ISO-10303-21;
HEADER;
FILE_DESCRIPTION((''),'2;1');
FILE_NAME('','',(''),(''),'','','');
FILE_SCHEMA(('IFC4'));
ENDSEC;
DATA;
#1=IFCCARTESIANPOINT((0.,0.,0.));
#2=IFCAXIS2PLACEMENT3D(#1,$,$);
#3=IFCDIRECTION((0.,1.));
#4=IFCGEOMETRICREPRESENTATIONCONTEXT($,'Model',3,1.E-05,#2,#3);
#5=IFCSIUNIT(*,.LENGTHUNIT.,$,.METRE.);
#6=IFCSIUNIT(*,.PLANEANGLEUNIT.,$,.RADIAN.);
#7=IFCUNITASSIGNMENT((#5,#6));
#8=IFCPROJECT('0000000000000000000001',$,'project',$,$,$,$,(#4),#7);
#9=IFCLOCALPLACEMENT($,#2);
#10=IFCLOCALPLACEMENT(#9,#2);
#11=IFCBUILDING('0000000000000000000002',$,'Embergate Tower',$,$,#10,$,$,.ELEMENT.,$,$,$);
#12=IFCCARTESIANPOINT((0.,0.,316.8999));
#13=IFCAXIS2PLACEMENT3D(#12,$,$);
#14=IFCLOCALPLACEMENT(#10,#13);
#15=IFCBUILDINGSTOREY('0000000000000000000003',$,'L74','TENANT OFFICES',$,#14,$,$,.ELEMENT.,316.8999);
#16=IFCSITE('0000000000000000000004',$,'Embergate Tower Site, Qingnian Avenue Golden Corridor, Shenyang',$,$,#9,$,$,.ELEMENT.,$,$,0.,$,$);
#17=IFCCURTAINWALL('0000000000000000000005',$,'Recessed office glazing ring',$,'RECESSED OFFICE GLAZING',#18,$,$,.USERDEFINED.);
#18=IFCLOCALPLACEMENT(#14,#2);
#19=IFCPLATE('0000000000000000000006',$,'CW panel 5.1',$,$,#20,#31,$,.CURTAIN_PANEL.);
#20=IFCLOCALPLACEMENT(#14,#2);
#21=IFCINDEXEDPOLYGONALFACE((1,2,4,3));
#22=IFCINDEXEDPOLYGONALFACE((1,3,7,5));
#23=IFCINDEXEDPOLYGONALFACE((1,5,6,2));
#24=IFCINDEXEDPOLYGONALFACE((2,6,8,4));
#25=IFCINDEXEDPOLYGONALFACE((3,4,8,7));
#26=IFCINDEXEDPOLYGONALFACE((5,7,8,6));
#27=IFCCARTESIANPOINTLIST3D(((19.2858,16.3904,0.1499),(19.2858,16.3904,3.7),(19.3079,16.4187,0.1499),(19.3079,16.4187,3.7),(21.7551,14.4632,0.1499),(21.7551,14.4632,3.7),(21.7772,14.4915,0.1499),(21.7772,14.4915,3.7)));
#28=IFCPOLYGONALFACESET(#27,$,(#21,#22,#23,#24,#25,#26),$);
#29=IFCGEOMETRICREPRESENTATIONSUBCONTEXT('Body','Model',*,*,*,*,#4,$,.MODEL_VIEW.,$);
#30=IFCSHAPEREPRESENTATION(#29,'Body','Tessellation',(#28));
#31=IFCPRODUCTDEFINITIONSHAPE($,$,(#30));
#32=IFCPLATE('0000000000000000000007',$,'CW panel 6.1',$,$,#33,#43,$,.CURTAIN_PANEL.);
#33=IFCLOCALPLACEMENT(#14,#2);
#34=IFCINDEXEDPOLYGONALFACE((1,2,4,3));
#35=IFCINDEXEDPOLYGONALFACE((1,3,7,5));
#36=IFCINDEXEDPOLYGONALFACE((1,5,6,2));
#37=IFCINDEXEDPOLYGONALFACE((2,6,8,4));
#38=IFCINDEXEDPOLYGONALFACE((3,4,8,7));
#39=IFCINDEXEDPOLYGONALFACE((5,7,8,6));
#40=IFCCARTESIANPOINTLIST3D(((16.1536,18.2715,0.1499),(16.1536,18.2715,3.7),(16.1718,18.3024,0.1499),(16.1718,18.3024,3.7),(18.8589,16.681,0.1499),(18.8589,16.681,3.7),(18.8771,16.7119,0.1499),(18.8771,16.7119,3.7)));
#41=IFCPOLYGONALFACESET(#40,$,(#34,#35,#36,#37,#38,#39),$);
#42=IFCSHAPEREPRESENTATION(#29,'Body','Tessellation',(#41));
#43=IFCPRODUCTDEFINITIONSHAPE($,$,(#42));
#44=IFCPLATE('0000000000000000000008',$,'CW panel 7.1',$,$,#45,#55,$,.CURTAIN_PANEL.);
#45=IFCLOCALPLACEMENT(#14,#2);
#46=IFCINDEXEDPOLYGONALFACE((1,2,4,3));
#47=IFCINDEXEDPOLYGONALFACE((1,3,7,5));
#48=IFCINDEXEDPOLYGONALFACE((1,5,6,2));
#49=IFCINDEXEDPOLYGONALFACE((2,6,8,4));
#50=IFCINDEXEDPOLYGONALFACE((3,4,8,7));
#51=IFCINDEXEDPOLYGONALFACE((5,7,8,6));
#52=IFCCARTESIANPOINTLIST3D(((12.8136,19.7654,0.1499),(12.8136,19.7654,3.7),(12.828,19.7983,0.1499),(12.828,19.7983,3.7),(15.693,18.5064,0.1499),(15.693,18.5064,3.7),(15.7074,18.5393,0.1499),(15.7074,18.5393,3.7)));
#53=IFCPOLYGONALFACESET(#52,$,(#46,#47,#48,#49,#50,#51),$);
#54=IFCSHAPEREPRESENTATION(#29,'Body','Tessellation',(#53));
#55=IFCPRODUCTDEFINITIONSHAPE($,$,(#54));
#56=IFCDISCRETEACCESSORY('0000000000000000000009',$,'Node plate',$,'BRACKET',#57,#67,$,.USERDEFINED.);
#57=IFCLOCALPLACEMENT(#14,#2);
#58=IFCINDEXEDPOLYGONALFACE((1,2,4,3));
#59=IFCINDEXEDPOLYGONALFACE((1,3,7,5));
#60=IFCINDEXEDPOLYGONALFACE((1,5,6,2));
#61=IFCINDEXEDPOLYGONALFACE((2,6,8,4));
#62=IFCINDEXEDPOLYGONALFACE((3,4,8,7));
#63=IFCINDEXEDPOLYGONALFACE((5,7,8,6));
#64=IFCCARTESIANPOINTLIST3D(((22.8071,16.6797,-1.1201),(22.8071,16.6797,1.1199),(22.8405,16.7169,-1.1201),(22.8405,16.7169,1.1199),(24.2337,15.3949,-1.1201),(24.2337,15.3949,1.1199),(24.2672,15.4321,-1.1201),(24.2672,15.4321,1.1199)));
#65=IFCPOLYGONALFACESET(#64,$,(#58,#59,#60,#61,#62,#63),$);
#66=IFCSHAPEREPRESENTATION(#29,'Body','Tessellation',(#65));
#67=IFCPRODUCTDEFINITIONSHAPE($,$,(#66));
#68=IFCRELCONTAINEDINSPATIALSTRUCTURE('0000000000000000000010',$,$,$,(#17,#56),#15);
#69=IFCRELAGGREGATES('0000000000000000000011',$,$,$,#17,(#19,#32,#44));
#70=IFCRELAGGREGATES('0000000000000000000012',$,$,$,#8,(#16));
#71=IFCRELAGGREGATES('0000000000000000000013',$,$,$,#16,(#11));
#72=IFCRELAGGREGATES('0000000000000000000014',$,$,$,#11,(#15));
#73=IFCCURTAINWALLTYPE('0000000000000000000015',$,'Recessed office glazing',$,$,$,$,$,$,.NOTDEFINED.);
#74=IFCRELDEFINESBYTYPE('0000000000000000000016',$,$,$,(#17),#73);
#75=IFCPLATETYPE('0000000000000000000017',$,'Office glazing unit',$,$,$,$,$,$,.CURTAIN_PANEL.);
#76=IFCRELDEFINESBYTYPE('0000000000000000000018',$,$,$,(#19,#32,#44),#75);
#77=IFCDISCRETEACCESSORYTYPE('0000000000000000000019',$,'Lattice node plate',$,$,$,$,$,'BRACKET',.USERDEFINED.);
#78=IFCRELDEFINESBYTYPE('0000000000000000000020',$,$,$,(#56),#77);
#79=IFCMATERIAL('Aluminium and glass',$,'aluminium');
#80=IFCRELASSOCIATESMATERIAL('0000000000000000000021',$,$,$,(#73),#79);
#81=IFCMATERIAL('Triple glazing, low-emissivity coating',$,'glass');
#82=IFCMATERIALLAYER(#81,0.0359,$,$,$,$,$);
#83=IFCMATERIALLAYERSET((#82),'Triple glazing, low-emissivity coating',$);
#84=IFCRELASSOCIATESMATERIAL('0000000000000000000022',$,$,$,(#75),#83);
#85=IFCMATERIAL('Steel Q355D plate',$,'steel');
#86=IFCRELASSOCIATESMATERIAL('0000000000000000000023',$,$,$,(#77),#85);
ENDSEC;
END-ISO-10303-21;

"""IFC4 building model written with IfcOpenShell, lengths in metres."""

from ifc_helpers import new_model, si_unit, direction, frame, origin, origin_2d, place, context, subcontext, project, spatial, rectangle, extrude, source, transform, mapped, material, layer, layer_set, type_object, element, aggregate, save


model = new_model("IFC4")

# Units and contexts
model_context = context("Model", 3, precision=1e-05, world=origin(), true_north=direction((0.0, 1.0)))
body_context = subcontext(model_context, "Body", "Model", "MODEL_VIEW")
ifc_project = project(units=[si_unit("LENGTHUNIT", "METRE"), si_unit("PLANEANGLEUNIT", "RADIAN")], contexts=[model_context])

# Site, building, storey
site_placement = place(None, origin())
site = spatial("IfcSite", under=ifc_project, at=site_placement, Name="Embergate Tower Site, Qingnian Avenue Golden Corridor, Shenyang", CompositionType="ELEMENT", RefElevation=0.0)
building_placement = place(site_placement, origin())
building = spatial("IfcBuilding", under=site, at=building_placement, Name="Embergate Tower", CompositionType="ELEMENT")
storey_placement = place(building_placement, frame((0.0, 0.0, 316.8999)))
storey = spatial("IfcBuildingStorey", under=building, at=storey_placement, Name="L74", Description="TENANT OFFICES", CompositionType="ELEMENT", Elevation=316.8999)

# Curtain wall, plates
ifc_material_1 = material(Name="Aluminium and glass", Category="aluminium")
curtain_wall_type = type_object("IfcCurtainWallType", Name="Recessed office glazing", PredefinedType="NOTDEFINED", material=ifc_material_1)
curtain_wall_placement = place(storey_placement, origin())
curtain_wall = element("IfcCurtainWall", 1, at=curtain_wall_placement, inside=storey, type_object=curtain_wall_type, Name="Recessed office glazing ring", ObjectType="RECESSED OFFICE GLAZING", PredefinedType="USERDEFINED")
ifc_material_2 = material(Name="Triple glazing, low-emissivity coating", Category="glass")
ifc_layer = layer(ifc_material_2, 0.0359)
ifc_layer_set = layer_set([ifc_layer], Name="Triple glazing, low-emissivity coating")
plate_type = type_object("IfcPlateType", Name="Office glazing unit", PredefinedType="CURTAIN_PANEL", material=ifc_layer_set)
shared_shape_1 = source(origin(), body_context, "Body", "SweptSolid", [
    extrude(rectangle(XDim=3.1323, YDim=0.0359, at=origin_2d()), origin(), (0.0, 0.0, 1.0), 3.55),
])
plate_1_placement = place(storey_placement, frame((20.5315, 15.4409, 0.1499), z_axis=(0.0, 0.0, 1.0), x_axis=(-0.788319, 0.615267, 0.0)))
plate_1 = element("IfcPlate", 2, at=plate_1_placement, type_object=plate_type, Name="CW panel 5.1", PredefinedType="CURTAIN_PANEL", context=body_context, shape_type="MappedRepresentation", body=[
    mapped(shared_shape_1, transform((0.0, 0.0, 0.0))),
])
shared_shape_2 = source(origin(), body_context, "Body", "SweptSolid", [
    extrude(rectangle(XDim=3.1382, YDim=0.0359, at=origin_2d()), origin(), (0.0, 0.0, 1.0), 3.55),
])
plate_2_placement = place(storey_placement, frame((17.5154, 17.4917, 0.1499), z_axis=(0.0, 0.0, 1.0), x_axis=(-0.862051, 0.506821, 0.0)))
plate_2 = element("IfcPlate", 3, at=plate_2_placement, type_object=plate_type, Name="CW panel 6.1", PredefinedType="CURTAIN_PANEL", context=body_context, shape_type="MappedRepresentation", body=[
    mapped(shared_shape_2, transform((0.0, 0.0, 0.0))),
])
shared_shape_3 = source(origin(), body_context, "Body", "SweptSolid", [
    extrude(rectangle(XDim=3.1426, YDim=0.0359, at=origin_2d()), origin(), (0.0, 0.0, 1.0), 3.55),
])
plate_3_placement = place(storey_placement, frame((14.2605, 19.1523, 0.1499), z_axis=(0.0, 0.0, 1.0), x_axis=(-0.916235, 0.400642, 0.0)))
plate_3 = element("IfcPlate", 4, at=plate_3_placement, type_object=plate_type, Name="CW panel 7.1", PredefinedType="CURTAIN_PANEL", context=body_context, shape_type="MappedRepresentation", body=[
    mapped(shared_shape_3, transform((0.0, 0.0, 0.0))),
])
aggregate(curtain_wall, [plate_1, plate_2, plate_3])

# Discrete accessory
ifc_material_3 = material(Name="Steel Q355D plate", Category="steel")
discrete_accessory_type = type_object("IfcDiscreteAccessoryType", Name="Lattice node plate", ElementType="BRACKET", PredefinedType="USERDEFINED", material=ifc_material_3)
shared_shape_4 = source(origin(), body_context, "Body", "SweptSolid", [
    extrude(rectangle(XDim=1.9199, YDim=0.05, at=origin_2d()), origin(), (0.0, 0.0, 1.0), 2.24),
])
discrete_accessory_placement = place(storey_placement, frame((23.5371, 16.0559, -1.1201), z_axis=(0.0, 0.0, 1.0), x_axis=(-0.743063, 0.669221, 0.0)))
element("IfcDiscreteAccessory", 5, at=discrete_accessory_placement, inside=storey, type_object=discrete_accessory_type, Name="Node plate", ObjectType="BRACKET", PredefinedType="USERDEFINED", context=body_context, shape_type="MappedRepresentation", body=[
    mapped(shared_shape_4, transform((0.0, 0.0, 0.0))),
])

save(model, "model.ifc")
